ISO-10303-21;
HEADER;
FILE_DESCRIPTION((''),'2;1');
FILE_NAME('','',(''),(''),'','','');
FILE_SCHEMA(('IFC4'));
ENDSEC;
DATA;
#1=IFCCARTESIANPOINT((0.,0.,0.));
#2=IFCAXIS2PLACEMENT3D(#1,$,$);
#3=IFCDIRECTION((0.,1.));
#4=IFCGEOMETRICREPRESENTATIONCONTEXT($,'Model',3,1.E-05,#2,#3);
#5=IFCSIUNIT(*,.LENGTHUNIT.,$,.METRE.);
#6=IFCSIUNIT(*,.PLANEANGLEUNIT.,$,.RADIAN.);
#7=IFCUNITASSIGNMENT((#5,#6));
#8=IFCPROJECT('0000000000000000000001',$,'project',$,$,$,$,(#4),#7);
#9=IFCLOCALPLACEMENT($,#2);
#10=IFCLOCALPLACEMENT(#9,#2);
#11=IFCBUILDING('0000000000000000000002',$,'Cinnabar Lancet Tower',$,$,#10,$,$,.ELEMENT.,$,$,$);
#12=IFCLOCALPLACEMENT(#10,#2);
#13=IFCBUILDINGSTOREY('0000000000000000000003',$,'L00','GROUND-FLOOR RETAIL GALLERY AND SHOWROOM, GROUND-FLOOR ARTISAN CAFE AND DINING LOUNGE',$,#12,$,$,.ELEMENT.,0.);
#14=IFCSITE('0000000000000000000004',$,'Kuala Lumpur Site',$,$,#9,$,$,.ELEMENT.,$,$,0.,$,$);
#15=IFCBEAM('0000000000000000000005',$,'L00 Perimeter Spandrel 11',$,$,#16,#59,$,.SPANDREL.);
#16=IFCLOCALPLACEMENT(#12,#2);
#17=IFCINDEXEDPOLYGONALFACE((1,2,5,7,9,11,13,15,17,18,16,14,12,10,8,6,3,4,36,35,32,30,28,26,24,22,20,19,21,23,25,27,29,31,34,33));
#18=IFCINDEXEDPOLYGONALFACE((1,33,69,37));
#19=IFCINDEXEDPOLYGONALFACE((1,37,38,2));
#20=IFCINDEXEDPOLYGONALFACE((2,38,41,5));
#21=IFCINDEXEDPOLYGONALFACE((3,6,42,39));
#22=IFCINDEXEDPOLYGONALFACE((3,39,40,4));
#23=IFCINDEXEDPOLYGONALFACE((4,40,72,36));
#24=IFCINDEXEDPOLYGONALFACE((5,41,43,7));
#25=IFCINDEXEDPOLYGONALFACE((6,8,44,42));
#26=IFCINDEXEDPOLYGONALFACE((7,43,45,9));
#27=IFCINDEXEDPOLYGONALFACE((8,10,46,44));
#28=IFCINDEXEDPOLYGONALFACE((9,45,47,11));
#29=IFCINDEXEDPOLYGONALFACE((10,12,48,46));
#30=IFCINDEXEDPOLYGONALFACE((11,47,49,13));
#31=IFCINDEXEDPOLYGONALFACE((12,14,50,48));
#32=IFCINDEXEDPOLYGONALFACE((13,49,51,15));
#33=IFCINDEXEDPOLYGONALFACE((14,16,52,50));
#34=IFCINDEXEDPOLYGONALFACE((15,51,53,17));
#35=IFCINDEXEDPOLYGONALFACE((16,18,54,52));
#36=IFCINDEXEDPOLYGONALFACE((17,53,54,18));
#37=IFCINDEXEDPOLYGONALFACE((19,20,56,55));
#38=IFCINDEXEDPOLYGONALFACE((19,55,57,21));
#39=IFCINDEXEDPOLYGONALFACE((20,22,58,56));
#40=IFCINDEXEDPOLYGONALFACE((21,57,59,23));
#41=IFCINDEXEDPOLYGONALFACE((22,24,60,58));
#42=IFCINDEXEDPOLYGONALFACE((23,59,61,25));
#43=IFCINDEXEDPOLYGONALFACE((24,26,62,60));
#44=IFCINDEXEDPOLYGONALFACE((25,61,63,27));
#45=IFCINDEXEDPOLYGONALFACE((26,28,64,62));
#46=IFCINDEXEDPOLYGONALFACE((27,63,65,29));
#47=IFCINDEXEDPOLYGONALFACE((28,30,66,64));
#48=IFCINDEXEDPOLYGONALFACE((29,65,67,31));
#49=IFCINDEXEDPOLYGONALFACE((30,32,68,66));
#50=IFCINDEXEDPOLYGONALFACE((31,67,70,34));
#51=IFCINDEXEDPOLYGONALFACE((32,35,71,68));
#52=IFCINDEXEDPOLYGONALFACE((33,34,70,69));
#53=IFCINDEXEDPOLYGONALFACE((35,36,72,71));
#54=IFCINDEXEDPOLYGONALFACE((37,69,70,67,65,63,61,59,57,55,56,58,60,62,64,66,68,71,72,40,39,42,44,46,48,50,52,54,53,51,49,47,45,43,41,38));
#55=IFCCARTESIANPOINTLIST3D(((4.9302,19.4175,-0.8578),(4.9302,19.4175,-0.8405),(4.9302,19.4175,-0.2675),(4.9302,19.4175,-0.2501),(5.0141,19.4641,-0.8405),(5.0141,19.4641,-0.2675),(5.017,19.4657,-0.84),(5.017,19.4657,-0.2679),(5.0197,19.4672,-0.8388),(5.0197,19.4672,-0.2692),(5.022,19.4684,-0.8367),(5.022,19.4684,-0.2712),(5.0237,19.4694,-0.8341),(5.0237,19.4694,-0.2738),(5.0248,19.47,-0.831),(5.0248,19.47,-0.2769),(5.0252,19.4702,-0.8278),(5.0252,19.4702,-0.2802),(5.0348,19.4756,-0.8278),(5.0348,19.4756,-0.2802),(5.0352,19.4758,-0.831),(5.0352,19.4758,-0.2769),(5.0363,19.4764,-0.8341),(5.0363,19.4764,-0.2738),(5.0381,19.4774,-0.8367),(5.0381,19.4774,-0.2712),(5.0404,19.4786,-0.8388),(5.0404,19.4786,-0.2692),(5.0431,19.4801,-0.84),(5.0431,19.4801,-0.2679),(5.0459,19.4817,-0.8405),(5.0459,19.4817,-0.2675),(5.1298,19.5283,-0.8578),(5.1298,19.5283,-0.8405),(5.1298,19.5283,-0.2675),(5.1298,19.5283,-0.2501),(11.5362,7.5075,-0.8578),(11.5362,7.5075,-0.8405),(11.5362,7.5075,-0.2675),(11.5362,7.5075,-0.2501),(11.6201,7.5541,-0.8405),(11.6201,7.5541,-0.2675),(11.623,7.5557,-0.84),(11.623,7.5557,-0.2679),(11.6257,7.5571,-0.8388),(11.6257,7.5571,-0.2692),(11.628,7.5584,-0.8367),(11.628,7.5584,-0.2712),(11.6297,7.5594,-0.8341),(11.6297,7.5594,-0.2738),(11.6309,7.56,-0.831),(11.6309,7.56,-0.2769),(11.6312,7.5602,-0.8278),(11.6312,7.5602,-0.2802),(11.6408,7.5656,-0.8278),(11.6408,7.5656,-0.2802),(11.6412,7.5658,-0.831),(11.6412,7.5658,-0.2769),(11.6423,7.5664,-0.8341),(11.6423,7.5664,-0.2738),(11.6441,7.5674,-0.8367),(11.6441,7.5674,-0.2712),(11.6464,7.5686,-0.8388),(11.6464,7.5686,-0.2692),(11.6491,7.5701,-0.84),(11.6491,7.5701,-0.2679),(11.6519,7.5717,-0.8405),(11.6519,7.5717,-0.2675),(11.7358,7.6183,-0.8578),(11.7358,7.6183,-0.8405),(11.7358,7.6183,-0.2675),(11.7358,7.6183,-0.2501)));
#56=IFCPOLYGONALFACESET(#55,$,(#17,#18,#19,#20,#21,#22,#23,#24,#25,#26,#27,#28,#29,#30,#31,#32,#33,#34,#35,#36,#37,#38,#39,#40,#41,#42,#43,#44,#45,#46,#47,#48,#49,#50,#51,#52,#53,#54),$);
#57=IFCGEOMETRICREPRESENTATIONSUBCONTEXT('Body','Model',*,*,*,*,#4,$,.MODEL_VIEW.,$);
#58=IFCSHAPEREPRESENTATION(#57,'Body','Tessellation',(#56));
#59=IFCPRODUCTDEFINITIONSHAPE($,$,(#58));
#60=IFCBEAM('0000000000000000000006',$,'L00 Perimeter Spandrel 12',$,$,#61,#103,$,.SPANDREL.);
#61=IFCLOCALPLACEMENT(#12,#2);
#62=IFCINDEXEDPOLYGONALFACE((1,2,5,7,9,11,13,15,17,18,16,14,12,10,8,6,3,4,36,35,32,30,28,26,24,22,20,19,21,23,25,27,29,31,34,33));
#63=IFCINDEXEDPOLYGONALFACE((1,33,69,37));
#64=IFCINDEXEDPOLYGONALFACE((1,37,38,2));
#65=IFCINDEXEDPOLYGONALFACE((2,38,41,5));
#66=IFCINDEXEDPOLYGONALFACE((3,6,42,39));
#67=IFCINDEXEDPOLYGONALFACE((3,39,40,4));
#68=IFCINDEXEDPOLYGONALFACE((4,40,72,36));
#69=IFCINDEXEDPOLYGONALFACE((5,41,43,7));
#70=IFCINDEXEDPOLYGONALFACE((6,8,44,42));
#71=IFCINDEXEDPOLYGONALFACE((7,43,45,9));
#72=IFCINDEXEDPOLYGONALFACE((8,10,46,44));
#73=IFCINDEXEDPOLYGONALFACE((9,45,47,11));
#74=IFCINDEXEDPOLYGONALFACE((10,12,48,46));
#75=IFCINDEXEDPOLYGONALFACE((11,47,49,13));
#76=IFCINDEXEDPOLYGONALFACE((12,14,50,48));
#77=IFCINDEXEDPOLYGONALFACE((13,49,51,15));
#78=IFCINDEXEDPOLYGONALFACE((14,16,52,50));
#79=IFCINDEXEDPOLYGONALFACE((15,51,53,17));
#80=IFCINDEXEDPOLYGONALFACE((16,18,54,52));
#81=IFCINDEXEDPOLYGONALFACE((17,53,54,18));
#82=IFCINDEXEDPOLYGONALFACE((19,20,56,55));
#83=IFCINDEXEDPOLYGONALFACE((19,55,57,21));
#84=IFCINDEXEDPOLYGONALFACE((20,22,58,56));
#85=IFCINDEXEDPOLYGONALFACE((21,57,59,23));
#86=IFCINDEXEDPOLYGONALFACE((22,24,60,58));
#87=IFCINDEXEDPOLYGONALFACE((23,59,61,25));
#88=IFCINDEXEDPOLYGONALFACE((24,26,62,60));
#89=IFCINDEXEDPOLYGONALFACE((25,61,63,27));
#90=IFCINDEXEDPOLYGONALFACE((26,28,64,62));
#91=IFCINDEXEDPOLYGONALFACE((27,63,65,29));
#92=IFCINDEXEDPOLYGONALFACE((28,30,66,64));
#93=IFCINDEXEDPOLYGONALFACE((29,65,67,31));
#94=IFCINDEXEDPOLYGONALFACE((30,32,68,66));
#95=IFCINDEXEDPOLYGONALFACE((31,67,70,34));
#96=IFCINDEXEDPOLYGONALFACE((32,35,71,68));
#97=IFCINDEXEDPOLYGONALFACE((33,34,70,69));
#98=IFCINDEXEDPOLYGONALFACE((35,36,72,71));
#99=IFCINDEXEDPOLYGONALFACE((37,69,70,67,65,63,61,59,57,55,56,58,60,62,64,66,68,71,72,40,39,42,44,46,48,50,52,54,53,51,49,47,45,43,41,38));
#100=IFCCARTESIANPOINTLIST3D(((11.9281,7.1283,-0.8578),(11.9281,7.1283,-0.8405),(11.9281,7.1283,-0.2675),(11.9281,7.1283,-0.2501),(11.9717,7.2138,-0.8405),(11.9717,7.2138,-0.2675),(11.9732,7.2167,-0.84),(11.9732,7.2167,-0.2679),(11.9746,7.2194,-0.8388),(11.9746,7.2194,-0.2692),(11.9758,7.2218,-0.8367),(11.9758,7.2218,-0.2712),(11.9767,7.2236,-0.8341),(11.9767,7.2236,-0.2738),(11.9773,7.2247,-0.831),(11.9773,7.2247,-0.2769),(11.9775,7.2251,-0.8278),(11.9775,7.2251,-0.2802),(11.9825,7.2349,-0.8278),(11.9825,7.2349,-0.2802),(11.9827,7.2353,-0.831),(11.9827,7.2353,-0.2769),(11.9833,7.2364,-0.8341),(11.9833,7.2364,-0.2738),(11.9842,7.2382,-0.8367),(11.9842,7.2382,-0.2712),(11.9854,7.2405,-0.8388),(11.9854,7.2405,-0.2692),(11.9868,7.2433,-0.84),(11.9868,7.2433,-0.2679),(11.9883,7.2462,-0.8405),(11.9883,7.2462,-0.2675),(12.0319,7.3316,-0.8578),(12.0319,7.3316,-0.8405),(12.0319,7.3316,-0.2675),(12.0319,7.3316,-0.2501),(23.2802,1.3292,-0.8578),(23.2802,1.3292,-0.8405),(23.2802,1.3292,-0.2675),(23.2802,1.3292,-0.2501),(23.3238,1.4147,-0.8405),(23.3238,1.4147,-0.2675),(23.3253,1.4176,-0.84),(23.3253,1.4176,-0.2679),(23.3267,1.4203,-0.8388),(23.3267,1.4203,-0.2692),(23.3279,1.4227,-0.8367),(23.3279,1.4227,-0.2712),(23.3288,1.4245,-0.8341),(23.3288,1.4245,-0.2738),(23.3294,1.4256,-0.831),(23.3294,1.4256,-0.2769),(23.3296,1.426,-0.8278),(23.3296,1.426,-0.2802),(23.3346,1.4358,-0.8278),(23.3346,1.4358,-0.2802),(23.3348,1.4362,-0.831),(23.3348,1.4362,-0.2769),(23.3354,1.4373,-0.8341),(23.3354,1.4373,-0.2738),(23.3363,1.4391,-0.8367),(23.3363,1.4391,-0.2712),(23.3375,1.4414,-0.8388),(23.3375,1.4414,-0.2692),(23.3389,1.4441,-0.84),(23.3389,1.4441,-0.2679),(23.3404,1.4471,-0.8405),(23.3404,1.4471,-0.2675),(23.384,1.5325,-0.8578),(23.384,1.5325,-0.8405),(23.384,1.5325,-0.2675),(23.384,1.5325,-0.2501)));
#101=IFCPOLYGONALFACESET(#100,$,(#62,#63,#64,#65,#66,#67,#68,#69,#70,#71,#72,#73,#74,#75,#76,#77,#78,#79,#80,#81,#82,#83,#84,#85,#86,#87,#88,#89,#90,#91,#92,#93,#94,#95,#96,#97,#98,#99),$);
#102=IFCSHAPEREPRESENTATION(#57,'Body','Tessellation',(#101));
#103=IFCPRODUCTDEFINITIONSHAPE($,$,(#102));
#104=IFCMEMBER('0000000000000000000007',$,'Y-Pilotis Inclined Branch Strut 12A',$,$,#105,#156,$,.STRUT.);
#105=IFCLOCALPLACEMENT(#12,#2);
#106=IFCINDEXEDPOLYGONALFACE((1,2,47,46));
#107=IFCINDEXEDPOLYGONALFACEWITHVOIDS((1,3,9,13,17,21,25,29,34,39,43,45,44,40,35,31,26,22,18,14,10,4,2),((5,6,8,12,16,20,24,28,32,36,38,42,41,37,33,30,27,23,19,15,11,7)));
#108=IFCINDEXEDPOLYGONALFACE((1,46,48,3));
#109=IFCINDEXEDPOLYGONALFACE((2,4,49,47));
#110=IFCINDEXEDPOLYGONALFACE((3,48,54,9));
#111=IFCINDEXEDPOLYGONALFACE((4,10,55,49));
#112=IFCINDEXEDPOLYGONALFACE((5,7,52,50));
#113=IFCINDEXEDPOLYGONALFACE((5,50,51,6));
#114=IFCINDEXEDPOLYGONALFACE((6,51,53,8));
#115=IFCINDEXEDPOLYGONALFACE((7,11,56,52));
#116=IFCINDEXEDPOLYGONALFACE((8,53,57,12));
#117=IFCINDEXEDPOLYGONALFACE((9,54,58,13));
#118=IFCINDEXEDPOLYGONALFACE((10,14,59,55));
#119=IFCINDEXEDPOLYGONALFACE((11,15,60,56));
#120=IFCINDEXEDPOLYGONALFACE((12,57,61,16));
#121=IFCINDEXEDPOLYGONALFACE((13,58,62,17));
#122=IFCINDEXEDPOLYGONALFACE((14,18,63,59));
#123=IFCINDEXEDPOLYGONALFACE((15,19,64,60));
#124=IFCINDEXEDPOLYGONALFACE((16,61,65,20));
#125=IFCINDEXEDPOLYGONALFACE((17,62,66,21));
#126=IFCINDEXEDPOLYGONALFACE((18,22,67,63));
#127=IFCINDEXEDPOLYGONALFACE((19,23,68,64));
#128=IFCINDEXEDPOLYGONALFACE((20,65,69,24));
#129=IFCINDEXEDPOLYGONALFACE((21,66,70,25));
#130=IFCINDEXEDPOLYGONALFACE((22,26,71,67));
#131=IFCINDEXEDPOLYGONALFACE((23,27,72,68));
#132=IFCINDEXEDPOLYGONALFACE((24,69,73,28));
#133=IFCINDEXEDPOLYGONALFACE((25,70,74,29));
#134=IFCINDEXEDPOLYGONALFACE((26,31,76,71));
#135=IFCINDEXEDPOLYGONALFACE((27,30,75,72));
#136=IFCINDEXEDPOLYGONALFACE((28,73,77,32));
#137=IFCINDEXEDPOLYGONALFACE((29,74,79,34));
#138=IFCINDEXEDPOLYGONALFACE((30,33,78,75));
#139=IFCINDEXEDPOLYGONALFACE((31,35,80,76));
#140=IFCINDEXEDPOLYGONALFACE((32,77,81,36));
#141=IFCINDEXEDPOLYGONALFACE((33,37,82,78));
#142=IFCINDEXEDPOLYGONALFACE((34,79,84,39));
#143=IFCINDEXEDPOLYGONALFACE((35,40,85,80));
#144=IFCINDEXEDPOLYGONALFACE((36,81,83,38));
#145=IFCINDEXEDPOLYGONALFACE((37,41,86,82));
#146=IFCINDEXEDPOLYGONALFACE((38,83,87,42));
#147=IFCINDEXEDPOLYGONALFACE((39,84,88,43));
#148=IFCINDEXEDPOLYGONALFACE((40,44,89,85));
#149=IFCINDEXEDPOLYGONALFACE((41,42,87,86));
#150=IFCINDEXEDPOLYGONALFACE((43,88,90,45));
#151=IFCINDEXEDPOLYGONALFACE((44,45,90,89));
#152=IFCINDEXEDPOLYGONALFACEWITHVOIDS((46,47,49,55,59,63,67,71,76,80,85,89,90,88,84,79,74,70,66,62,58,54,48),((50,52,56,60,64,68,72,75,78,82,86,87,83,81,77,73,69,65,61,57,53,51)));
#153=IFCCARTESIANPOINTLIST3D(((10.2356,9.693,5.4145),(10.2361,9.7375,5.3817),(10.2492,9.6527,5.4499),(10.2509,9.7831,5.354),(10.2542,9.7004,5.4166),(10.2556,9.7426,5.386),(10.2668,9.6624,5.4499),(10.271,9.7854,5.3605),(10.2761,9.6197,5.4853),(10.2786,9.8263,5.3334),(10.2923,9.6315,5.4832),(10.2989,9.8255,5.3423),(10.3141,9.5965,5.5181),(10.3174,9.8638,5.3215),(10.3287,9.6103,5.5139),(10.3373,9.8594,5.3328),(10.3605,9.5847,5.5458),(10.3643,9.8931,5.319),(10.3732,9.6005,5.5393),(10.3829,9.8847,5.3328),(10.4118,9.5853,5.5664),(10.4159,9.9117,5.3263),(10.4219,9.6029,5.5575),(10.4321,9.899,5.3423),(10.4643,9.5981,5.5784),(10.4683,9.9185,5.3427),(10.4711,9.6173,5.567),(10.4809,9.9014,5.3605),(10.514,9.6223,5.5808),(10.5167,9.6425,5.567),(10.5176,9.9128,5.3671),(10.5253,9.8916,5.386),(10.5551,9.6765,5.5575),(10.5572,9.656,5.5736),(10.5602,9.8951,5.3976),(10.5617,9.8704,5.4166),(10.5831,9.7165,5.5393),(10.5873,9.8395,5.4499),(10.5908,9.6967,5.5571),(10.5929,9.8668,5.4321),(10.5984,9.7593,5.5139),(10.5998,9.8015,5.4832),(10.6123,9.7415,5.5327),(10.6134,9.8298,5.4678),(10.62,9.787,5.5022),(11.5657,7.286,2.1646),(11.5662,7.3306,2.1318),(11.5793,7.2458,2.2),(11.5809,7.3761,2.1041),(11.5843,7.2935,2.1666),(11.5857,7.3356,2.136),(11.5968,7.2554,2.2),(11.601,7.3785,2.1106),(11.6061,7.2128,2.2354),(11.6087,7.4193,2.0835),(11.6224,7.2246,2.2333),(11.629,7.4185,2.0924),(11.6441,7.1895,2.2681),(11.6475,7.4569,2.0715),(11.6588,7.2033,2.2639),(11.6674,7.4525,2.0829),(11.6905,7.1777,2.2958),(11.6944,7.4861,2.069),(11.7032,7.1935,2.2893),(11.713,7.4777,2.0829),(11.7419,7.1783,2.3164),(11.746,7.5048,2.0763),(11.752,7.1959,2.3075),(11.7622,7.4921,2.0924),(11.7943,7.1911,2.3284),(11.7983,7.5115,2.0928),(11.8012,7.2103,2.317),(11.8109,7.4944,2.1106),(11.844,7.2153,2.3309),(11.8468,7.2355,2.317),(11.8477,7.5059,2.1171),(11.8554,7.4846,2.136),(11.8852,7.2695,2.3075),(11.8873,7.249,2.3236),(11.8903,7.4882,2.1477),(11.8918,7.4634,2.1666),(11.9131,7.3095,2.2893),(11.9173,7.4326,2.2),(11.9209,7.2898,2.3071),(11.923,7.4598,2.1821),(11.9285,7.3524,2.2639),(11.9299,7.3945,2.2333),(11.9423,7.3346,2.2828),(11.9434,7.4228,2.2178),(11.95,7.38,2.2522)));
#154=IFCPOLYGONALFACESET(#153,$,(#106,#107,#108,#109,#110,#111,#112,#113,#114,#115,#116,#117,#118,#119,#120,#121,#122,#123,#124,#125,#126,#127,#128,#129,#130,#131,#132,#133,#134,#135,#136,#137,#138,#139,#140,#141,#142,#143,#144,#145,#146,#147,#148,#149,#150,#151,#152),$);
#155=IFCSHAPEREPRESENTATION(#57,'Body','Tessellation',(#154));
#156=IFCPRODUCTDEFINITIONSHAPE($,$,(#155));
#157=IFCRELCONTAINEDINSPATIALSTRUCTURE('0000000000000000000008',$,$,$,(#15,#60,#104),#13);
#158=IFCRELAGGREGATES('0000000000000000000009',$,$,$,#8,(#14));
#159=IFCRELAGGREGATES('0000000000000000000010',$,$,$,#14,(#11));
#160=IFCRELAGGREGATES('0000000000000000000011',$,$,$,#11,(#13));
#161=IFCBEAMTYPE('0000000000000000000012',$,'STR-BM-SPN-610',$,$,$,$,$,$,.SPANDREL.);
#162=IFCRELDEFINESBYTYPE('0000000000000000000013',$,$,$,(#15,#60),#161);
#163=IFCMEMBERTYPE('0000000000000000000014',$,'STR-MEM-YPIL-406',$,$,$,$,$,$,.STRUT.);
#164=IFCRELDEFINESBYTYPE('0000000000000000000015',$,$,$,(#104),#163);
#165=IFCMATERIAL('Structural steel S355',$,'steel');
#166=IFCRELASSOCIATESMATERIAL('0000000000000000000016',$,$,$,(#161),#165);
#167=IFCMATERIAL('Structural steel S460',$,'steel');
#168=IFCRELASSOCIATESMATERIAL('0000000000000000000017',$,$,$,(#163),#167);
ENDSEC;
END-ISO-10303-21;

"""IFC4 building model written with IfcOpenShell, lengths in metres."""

from ifc_helpers import new_model, si_unit, direction, frame, origin, origin_2d, place, context, subcontext, project, spatial, hollow_circle, i_section, extrude, material, material_profile, profile_set, type_object, element, save


model = new_model("IFC4")

# Units and contexts
model_context = context("Model", 3, precision=1e-05, world=origin(), true_north=direction((0.0, 1.0)))
body_context = subcontext(model_context, "Body", "Model", "MODEL_VIEW")
ifc_project = project(units=[si_unit("LENGTHUNIT", "METRE"), si_unit("PLANEANGLEUNIT", "RADIAN")], contexts=[model_context])

# Site, building, storey
site_placement = place(None, origin())
site = spatial("IfcSite", under=ifc_project, at=site_placement, Name="Kuala Lumpur Site", CompositionType="ELEMENT", RefElevation=0.0)
building_placement = place(site_placement, origin())
building = spatial("IfcBuilding", under=site, at=building_placement, Name="Cinnabar Lancet Tower", CompositionType="ELEMENT")
storey_placement = place(building_placement, origin())
storey = spatial("IfcBuildingStorey", under=building, at=storey_placement, Name="L00", Description="GROUND-FLOOR RETAIL GALLERY AND SHOWROOM, GROUND-FLOOR ARTISAN CAFE AND DINING LOUNGE", CompositionType="ELEMENT", Elevation=0.0)

# Beams
ifc_material_1 = material(Name="Structural steel S355", Category="steel")
ifc_material_profile_1 = material_profile(ifc_material_1, i_section(OverallWidth=0.2283, OverallDepth=0.6077, WebThickness=0.011, FlangeThickness=0.0173, FilletRadius=0.0127, at=origin_2d()), Name="UKB 610x229x113")
ifc_profile_set_1 = profile_set([ifc_material_profile_1], Name="Structural steel S355")
beam_type_1 = type_object("IfcBeamType", Name="STR-BM-SPN-610", PredefinedType="SPANDREL", material=ifc_profile_set_1)
beam_1_placement = place(storey_placement, frame((5.03, 19.4729, -0.554), z_axis=(0.485045, -0.874489, 0.0), x_axis=(0.874489, 0.485045, 0.0)))
element("IfcBeam", 1, at=beam_1_placement, inside=storey, type_object=beam_type_1, Name="L00 Perimeter Spandrel 11", PredefinedType="SPANDREL", context=body_context, shape_type="SweptSolid", body=[
    extrude(i_section(OverallWidth=0.2283, OverallDepth=0.6077, WebThickness=0.011, FlangeThickness=0.0173, FilletRadius=0.0127, at=origin_2d()), origin(), (0.0, 0.0, 1.0), 13.6194),
])
beam_2_placement = place(storey_placement, frame((11.98, 7.23, -0.554), z_axis=(0.890533, -0.454919, 0.0), x_axis=(0.454919, 0.890533, 0.0)))
element("IfcBeam", 2, at=beam_2_placement, inside=storey, type_object=beam_type_1, Name="L00 Perimeter Spandrel 12", PredefinedType="SPANDREL", context=body_context, shape_type="SweptSolid", body=[
    extrude(i_section(OverallWidth=0.2283, OverallDepth=0.6077, WebThickness=0.011, FlangeThickness=0.0173, FilletRadius=0.0127, at=origin_2d()), origin(), (0.0, 0.0, 1.0), 12.7476),
])

# Member
ifc_material_2 = material(Name="Structural steel S460", Category="steel")
ifc_material_profile_2 = material_profile(ifc_material_2, hollow_circle(Radius=0.2031, WallThickness=0.02, at=origin_2d()), Name="CHS 406.4x20")
ifc_profile_set_2 = profile_set([ifc_material_profile_2], Name="Structural steel S460")
member_type_1 = type_object("IfcMemberType", Name="STR-MEM-YPIL-406", PredefinedType="STRUT", material=ifc_profile_set_2)
for number, where, z_axis, x_axis, name in (
    (3, (11.7571, 7.344, 2.2), (-0.312418, 0.565369, 0.763383), (-0.875256, -0.483659, 0.0), "Y-Pilotis Inclined Branch Strut 12A"),
):
    element("IfcMember", number, at=place(storey_placement, frame(where, z_axis=z_axis, x_axis=x_axis)), inside=storey, type_object=member_type_1, Name=name, PredefinedType="STRUT", context=body_context, shape_type="SweptSolid", body=[
        extrude(hollow_circle(Radius=0.2031, WallThickness=0.02, at=origin_2d()), origin(), (0.0, 0.0, 1.0), 4.2573),
    ])

save(model, "model.ifc")
